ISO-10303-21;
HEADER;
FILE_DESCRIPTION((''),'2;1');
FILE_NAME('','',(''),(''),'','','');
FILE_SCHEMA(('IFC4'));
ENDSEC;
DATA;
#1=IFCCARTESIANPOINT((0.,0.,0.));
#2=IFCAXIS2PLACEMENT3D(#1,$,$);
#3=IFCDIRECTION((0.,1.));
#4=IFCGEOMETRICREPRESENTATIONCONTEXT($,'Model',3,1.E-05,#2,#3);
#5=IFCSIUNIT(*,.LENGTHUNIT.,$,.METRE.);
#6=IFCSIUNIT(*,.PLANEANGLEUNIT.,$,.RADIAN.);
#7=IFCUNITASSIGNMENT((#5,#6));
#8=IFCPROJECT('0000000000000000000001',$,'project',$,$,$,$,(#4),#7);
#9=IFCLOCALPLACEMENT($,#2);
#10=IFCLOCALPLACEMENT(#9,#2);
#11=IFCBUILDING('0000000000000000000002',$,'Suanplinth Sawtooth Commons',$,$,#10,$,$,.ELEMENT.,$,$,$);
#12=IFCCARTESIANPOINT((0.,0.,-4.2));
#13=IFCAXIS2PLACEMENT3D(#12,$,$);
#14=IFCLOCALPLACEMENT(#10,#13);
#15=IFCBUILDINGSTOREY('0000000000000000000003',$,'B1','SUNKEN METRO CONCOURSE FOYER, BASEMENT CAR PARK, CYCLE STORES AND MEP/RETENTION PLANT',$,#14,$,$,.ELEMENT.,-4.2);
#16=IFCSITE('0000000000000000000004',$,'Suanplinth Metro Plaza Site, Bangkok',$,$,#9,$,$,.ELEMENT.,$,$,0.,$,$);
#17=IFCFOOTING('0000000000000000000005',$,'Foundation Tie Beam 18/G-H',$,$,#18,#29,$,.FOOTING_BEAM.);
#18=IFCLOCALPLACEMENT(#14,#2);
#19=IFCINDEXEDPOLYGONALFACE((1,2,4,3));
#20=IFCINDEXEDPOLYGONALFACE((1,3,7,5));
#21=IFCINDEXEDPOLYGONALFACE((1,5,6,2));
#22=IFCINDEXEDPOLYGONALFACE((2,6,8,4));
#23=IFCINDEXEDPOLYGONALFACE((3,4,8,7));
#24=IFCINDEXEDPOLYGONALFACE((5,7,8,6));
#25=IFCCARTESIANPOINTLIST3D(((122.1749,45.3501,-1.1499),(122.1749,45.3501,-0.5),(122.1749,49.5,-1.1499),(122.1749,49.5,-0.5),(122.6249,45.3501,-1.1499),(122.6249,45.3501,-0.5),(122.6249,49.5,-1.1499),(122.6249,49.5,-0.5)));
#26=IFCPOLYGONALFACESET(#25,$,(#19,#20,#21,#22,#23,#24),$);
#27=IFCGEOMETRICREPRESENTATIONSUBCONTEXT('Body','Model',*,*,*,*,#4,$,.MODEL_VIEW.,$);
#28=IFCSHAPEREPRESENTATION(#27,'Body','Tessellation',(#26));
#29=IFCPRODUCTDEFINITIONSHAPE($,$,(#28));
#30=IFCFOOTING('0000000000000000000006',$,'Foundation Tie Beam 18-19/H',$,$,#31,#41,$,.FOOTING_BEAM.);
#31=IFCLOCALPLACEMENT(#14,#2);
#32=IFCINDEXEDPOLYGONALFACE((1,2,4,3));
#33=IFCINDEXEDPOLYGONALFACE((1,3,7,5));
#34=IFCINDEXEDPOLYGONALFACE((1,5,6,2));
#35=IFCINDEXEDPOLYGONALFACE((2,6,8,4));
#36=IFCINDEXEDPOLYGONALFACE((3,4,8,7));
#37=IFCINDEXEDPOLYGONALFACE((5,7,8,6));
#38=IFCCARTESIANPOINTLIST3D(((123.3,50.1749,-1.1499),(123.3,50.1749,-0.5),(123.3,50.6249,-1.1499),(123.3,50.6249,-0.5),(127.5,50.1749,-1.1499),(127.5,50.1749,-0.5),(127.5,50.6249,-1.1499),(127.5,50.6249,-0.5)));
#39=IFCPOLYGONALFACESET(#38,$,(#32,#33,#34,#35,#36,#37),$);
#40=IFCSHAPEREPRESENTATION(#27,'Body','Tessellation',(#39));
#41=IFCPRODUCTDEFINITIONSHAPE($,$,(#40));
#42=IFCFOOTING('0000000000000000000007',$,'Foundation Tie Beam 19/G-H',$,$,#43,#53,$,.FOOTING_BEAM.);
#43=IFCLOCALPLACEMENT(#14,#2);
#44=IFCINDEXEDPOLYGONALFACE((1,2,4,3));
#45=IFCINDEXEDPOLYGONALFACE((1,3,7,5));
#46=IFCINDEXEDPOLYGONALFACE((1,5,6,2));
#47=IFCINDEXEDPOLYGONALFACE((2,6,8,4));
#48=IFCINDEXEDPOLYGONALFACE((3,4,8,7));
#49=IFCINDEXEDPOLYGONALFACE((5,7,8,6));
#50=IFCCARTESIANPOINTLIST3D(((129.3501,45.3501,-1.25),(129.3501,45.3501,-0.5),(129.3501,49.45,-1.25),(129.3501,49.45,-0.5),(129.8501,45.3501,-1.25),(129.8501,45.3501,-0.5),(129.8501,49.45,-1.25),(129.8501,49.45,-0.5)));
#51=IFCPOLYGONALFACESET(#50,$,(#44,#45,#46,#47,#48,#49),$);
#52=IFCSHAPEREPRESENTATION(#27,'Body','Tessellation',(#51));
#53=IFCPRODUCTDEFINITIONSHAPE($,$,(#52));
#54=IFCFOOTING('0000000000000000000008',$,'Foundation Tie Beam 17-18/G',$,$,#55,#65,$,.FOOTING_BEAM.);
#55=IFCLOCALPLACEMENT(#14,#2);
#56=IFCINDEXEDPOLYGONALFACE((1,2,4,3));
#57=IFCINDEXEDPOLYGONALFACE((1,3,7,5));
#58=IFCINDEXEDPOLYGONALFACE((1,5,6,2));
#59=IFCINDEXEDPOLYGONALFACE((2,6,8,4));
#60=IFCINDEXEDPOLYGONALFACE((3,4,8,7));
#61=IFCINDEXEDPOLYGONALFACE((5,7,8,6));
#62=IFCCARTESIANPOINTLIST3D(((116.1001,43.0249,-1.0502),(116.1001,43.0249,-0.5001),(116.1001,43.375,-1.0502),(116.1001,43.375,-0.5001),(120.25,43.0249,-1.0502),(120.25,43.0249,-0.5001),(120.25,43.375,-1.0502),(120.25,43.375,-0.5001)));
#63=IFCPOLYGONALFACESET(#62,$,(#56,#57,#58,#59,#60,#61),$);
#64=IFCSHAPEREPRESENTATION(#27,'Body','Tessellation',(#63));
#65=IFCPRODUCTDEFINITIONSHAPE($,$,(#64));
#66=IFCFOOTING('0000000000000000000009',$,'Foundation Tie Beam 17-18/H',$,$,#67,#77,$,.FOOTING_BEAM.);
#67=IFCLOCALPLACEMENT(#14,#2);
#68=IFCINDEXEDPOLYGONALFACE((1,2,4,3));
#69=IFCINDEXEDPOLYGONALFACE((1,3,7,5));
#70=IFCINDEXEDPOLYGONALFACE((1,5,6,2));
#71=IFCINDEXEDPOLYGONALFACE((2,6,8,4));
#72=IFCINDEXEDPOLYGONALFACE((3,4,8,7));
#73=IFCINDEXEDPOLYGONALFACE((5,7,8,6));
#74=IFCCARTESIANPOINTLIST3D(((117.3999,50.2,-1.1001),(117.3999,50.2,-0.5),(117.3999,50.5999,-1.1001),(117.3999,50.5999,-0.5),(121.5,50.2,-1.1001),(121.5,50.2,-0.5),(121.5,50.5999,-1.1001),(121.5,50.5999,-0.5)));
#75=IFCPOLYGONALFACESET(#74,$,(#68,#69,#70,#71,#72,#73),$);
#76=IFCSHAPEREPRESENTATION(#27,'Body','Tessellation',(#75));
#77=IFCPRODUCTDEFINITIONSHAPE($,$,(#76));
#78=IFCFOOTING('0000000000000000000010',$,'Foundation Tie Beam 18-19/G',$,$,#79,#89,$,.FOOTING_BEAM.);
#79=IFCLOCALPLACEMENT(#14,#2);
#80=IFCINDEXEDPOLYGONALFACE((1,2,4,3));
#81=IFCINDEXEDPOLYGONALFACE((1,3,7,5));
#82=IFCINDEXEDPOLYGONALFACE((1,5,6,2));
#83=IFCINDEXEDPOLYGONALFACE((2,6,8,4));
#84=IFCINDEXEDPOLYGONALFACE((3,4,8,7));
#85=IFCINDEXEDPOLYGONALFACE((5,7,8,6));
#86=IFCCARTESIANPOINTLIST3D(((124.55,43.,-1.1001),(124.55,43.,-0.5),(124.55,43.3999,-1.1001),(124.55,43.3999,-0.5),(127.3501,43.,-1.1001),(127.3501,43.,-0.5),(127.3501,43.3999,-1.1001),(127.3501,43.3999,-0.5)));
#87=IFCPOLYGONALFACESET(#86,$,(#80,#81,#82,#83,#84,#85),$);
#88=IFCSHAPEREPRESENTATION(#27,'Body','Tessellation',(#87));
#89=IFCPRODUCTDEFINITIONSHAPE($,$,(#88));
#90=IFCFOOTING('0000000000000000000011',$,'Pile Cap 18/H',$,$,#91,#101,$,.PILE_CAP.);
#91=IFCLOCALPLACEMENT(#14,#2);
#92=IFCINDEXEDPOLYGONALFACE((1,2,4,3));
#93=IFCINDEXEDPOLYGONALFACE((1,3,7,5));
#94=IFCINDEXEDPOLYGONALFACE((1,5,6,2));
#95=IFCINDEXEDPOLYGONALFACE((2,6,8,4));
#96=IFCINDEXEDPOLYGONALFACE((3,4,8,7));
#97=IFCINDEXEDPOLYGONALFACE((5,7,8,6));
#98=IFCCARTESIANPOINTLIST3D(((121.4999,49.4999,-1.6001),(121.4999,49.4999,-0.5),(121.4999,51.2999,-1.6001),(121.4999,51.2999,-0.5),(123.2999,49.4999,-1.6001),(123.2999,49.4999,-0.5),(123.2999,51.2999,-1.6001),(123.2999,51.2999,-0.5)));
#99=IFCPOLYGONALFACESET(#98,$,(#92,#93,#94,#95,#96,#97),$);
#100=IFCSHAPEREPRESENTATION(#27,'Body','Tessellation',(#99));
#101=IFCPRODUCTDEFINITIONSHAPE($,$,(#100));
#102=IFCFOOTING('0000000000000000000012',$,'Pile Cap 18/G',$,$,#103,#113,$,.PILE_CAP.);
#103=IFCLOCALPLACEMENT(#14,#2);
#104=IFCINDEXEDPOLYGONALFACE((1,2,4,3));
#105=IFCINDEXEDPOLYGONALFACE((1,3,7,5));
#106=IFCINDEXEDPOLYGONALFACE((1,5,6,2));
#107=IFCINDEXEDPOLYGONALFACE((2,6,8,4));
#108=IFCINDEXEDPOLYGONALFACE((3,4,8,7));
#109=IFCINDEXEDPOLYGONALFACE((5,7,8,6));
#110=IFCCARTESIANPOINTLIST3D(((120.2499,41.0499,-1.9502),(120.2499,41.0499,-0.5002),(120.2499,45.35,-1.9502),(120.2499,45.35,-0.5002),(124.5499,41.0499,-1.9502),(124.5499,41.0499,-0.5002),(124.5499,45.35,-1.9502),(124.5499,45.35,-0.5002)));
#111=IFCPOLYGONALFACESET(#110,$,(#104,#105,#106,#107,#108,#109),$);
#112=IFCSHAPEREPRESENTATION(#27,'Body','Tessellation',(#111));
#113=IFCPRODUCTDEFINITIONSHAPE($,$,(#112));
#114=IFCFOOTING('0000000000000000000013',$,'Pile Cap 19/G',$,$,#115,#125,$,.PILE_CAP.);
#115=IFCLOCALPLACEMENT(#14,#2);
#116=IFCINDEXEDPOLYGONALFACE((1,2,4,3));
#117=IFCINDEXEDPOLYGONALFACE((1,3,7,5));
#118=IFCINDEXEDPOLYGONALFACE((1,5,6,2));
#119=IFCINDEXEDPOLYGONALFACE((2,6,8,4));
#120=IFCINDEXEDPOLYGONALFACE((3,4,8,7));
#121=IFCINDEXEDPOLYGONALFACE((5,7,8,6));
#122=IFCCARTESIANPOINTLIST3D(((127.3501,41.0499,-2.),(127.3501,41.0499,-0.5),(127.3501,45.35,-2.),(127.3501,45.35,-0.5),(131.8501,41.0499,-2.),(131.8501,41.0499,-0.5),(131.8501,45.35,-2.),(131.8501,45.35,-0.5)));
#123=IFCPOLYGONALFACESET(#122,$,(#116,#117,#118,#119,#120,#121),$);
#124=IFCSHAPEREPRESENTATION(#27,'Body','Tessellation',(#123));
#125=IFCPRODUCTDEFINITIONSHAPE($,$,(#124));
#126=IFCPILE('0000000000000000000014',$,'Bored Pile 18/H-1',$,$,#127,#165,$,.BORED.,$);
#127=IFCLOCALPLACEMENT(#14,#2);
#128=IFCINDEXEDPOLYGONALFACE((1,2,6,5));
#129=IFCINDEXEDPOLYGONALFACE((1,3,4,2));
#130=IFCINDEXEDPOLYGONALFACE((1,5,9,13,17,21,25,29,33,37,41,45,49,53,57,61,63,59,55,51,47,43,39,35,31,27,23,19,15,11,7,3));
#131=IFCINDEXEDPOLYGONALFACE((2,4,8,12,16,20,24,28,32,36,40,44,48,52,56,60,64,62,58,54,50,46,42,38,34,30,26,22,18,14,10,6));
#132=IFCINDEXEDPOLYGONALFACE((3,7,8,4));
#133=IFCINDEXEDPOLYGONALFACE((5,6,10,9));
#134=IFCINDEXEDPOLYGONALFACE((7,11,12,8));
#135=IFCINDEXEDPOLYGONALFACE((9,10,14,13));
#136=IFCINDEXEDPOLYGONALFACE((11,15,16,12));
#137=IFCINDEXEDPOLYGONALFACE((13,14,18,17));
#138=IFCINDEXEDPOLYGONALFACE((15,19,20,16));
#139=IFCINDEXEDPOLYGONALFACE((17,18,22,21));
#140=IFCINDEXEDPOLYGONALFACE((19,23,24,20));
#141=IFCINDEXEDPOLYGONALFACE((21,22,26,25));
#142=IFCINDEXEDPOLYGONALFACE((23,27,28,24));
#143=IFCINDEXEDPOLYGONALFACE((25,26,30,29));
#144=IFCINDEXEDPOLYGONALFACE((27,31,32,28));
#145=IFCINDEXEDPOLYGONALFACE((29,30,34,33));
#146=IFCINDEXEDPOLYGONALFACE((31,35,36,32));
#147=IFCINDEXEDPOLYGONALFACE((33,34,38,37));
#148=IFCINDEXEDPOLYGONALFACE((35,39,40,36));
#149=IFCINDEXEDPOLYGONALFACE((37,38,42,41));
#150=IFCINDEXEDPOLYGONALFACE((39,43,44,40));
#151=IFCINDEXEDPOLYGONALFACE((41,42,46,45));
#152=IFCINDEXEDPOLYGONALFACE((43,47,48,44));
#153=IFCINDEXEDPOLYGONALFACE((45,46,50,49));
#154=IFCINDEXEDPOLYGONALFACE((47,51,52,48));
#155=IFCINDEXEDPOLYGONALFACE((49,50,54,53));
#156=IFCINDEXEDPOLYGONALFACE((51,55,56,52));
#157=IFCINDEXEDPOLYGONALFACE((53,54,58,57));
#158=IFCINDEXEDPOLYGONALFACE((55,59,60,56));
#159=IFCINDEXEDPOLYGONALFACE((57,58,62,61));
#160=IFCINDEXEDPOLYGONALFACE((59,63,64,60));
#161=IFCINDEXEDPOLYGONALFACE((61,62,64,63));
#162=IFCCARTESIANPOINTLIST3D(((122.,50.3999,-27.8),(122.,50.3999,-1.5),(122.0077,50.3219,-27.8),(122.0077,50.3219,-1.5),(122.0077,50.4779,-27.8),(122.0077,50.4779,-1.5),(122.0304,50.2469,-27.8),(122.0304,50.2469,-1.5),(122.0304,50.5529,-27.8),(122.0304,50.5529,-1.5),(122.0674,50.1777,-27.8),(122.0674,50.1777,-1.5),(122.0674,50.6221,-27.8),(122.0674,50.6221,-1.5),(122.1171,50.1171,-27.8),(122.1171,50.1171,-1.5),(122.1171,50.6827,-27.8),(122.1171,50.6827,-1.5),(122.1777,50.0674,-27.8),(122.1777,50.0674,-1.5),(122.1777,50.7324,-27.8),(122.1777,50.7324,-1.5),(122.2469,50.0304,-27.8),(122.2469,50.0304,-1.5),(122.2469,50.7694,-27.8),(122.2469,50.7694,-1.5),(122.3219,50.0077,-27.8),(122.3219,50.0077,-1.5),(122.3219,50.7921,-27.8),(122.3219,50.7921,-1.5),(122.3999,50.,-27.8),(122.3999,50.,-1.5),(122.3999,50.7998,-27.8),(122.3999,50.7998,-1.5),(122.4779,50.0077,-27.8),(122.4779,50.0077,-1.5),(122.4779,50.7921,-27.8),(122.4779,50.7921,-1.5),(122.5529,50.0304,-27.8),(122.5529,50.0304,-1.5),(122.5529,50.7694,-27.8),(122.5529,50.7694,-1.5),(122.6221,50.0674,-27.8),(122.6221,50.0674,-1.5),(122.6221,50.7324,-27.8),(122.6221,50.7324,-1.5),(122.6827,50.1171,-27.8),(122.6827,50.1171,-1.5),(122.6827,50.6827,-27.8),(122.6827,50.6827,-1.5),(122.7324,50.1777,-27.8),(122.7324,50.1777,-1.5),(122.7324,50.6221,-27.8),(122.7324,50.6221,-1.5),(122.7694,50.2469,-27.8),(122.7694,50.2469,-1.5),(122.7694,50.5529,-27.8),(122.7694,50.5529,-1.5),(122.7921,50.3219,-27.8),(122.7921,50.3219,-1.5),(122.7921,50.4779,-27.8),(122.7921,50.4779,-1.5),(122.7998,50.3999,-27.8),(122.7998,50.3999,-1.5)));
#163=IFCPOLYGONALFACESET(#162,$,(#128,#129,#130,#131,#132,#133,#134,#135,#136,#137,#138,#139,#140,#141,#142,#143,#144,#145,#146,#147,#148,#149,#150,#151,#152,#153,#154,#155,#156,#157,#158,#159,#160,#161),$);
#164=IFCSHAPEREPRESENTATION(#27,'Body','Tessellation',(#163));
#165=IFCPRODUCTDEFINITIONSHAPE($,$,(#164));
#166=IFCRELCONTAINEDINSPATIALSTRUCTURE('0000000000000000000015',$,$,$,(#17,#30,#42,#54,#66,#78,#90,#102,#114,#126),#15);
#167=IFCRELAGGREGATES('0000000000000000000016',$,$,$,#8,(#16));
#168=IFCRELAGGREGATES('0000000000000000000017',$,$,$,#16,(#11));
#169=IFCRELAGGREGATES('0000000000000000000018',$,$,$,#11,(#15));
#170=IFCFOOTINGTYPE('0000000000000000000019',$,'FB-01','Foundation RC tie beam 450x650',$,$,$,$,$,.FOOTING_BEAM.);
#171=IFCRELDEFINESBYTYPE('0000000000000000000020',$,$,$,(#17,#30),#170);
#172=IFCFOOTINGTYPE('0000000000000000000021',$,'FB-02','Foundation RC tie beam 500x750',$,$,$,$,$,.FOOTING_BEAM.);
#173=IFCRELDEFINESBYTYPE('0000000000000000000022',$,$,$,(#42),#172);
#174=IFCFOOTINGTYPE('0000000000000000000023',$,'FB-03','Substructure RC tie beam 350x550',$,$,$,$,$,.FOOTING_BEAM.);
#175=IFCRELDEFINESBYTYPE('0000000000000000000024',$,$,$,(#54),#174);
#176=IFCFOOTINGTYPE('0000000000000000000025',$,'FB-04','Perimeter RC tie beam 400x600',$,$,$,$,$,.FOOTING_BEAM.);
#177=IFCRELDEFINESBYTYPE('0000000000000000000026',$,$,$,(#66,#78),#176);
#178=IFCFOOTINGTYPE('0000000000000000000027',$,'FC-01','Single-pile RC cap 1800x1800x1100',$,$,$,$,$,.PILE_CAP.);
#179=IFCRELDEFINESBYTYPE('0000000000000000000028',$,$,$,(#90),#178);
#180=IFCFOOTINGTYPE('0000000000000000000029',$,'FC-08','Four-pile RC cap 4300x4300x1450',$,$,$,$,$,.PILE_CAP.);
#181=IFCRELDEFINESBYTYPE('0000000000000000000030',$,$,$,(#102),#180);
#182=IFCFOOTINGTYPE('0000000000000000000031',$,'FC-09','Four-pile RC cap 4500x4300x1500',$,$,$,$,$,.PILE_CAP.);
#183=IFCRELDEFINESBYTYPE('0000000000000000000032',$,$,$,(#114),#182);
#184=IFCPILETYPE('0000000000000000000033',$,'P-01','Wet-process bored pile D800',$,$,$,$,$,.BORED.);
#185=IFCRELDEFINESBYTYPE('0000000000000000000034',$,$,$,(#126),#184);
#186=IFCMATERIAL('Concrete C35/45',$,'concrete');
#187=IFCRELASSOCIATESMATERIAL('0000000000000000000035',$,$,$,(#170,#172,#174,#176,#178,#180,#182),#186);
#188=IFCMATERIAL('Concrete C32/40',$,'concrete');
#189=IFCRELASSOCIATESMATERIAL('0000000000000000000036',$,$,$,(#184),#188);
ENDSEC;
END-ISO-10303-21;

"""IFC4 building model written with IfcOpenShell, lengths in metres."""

from ifc_helpers import new_model, si_unit, direction, frame, origin, origin_2d, place, context, subcontext, project, spatial, rectangle, circle, extrude, material, material_profile, profile_set, type_object, element, save


model = new_model("IFC4")

# Units and contexts
model_context = context("Model", 3, precision=1e-05, world=origin(), true_north=direction((0.0, 1.0)))
body_context = subcontext(model_context, "Body", "Model", "MODEL_VIEW")
ifc_project = project(units=[si_unit("LENGTHUNIT", "METRE"), si_unit("PLANEANGLEUNIT", "RADIAN")], contexts=[model_context])

# Site, building, storey
site_placement = place(None, origin())
site = spatial("IfcSite", under=ifc_project, at=site_placement, Name="Suanplinth Metro Plaza Site, Bangkok", CompositionType="ELEMENT", RefElevation=0.0)
building_placement = place(site_placement, origin())
building = spatial("IfcBuilding", under=site, at=building_placement, Name="Suanplinth Sawtooth Commons", CompositionType="ELEMENT")
storey_placement = place(building_placement, frame((0.0, 0.0, -4.2)))
storey = spatial("IfcBuildingStorey", under=building, at=storey_placement, Name="B1", Description="SUNKEN METRO CONCOURSE FOYER, BASEMENT CAR PARK, CYCLE STORES AND MEP/RETENTION PLANT", CompositionType="ELEMENT", Elevation=-4.2)

# Footings
ifc_material_1 = material(Name="Concrete C35/45", Category="concrete")
ifc_material_profile_1 = material_profile(ifc_material_1, rectangle(XDim=0.45, YDim=0.6499, at=origin_2d()), Name="PC-GDR 450x650")
ifc_profile_set_1 = profile_set([ifc_material_profile_1], Name="Concrete C35/45")
footing_type_1 = type_object("IfcFootingType", Name="FB-01", Description="Foundation RC tie beam 450x650", PredefinedType="FOOTING_BEAM", material=ifc_profile_set_1)
footing_1_placement = place(storey_placement, frame((122.3999, 45.3501, -0.825), z_axis=(0.0, 1.0, 0.0), x_axis=(-1.0, 0.0, 0.0)))
element("IfcFooting", 1, at=footing_1_placement, inside=storey, type_object=footing_type_1, Name="Foundation Tie Beam 18/G-H", PredefinedType="FOOTING_BEAM", context=body_context, shape_type="SweptSolid", body=[
    extrude(rectangle(XDim=0.45, YDim=0.6499, at=origin_2d()), origin(), (0.0, 0.0, 1.0), 4.1499),
])
footing_2_placement = place(storey_placement, frame((123.3, 50.3999, -0.825), z_axis=(1.0, 0.0, 0.0), x_axis=(0.0, 1.0, 0.0)))
element("IfcFooting", 2, at=footing_2_placement, inside=storey, type_object=footing_type_1, Name="Foundation Tie Beam 18-19/H", PredefinedType="FOOTING_BEAM", context=body_context, shape_type="SweptSolid", body=[
    extrude(rectangle(XDim=0.45, YDim=0.6499, at=origin_2d()), origin(), (0.0, 0.0, 1.0), 4.2),
])
ifc_material_profile_2 = material_profile(ifc_material_1, rectangle(XDim=0.5, YDim=0.75, at=origin_2d()), Name="RC-GDR 500x750")
ifc_profile_set_2 = profile_set([ifc_material_profile_2], Name="Concrete C35/45")
footing_type_2 = type_object("IfcFootingType", Name="FB-02", Description="Foundation RC tie beam 500x750", PredefinedType="FOOTING_BEAM", material=ifc_profile_set_2)
footing_3_placement = place(storey_placement, frame((129.6001, 45.3501, -0.875), z_axis=(0.0, 1.0, 0.0), x_axis=(-1.0, 0.0, 0.0)))
element("IfcFooting", 3, at=footing_3_placement, inside=storey, type_object=footing_type_2, Name="Foundation Tie Beam 19/G-H", PredefinedType="FOOTING_BEAM", context=body_context, shape_type="SweptSolid", body=[
    extrude(rectangle(XDim=0.5, YDim=0.75, at=origin_2d()), origin(), (0.0, 0.0, 1.0), 4.0999),
])
ifc_material_profile_3 = material_profile(ifc_material_1, rectangle(XDim=0.3501, YDim=0.55, at=origin_2d()), Name="PC-BM 350x550")
ifc_profile_set_3 = profile_set([ifc_material_profile_3], Name="Concrete C35/45")
footing_type_3 = type_object("IfcFootingType", Name="FB-03", Description="Substructure RC tie beam 350x550", PredefinedType="FOOTING_BEAM", material=ifc_profile_set_3)
footing_4_placement = place(storey_placement, frame((116.1001, 43.2, -0.7751), z_axis=(1.0, 0.0, 0.0), x_axis=(0.0, 1.0, 0.0)))
element("IfcFooting", 4, at=footing_4_placement, inside=storey, type_object=footing_type_3, Name="Foundation Tie Beam 17-18/G", PredefinedType="FOOTING_BEAM", context=body_context, shape_type="SweptSolid", body=[
    extrude(rectangle(XDim=0.3501, YDim=0.55, at=origin_2d()), origin(), (0.0, 0.0, 1.0), 4.1499),
])
ifc_material_profile_4 = material_profile(ifc_material_1, rectangle(XDim=0.3999, YDim=0.6001, at=origin_2d()), Name="PC-GDR 400x600")
ifc_profile_set_4 = profile_set([ifc_material_profile_4], Name="Concrete C35/45")
footing_type_4 = type_object("IfcFootingType", Name="FB-04", Description="Perimeter RC tie beam 400x600", PredefinedType="FOOTING_BEAM", material=ifc_profile_set_4)
footing_5_placement = place(storey_placement, frame((117.3999, 50.3999, -0.8), z_axis=(1.0, 0.0, 0.0), x_axis=(0.0, 1.0, 0.0)))
element("IfcFooting", 5, at=footing_5_placement, inside=storey, type_object=footing_type_4, Name="Foundation Tie Beam 17-18/H", PredefinedType="FOOTING_BEAM", context=body_context, shape_type="SweptSolid", body=[
    extrude(rectangle(XDim=0.3999, YDim=0.6001, at=origin_2d()), origin(), (0.0, 0.0, 1.0), 4.1001),
])
footing_6_placement = place(storey_placement, frame((124.55, 43.2, -0.8), z_axis=(1.0, 0.0, 0.0), x_axis=(0.0, 1.0, 0.0)))
element("IfcFooting", 6, at=footing_6_placement, inside=storey, type_object=footing_type_4, Name="Foundation Tie Beam 18-19/G", PredefinedType="FOOTING_BEAM", context=body_context, shape_type="SweptSolid", body=[
    extrude(rectangle(XDim=0.3999, YDim=0.6001, at=origin_2d()), origin(), (0.0, 0.0, 1.0), 2.8),
])
footing_type_5 = type_object("IfcFootingType", Name="FC-01", Description="Single-pile RC cap 1800x1800x1100", PredefinedType="PILE_CAP", material=ifc_material_1)
footing_7_placement = place(storey_placement, frame((122.3999, 50.3999, -1.6001), z_axis=(0.0, 0.0, 1.0), x_axis=(1.0, 0.0, 0.0)))
element("IfcFooting", 7, at=footing_7_placement, inside=storey, type_object=footing_type_5, Name="Pile Cap 18/H", PredefinedType="PILE_CAP", context=body_context, shape_type="SweptSolid", body=[
    extrude(rectangle(XDim=1.8, YDim=1.8, at=origin_2d()), origin(), (0.0, 0.0, 1.0), 1.1001),
])
footing_type_6 = type_object("IfcFootingType", Name="FC-08", Description="Four-pile RC cap 4300x4300x1450", PredefinedType="PILE_CAP", material=ifc_material_1)
footing_8_placement = place(storey_placement, frame((122.3999, 43.2, -1.9502), z_axis=(0.0, 0.0, 1.0), x_axis=(1.0, 0.0, 0.0)))
element("IfcFooting", 8, at=footing_8_placement, inside=storey, type_object=footing_type_6, Name="Pile Cap 18/G", PredefinedType="PILE_CAP", context=body_context, shape_type="SweptSolid", body=[
    extrude(rectangle(XDim=4.3, YDim=4.3, at=origin_2d()), origin(), (0.0, 0.0, 1.0), 1.45),
])
footing_type_7 = type_object("IfcFootingType", Name="FC-09", Description="Four-pile RC cap 4500x4300x1500", PredefinedType="PILE_CAP", material=ifc_material_1)
footing_9_placement = place(storey_placement, frame((129.6001, 43.2, -2.0), z_axis=(0.0, 0.0, 1.0), x_axis=(1.0, 0.0, 0.0)))
element("IfcFooting", 9, at=footing_9_placement, inside=storey, type_object=footing_type_7, Name="Pile Cap 19/G", PredefinedType="PILE_CAP", context=body_context, shape_type="SweptSolid", body=[
    extrude(rectangle(XDim=4.5, YDim=4.3, at=origin_2d()), origin(), (0.0, 0.0, 1.0), 1.5),
])

# Pile
ifc_material_2 = material(Name="Concrete C32/40", Category="concrete")
ifc_material_profile_5 = material_profile(ifc_material_2, circle(Radius=0.3999, at=origin_2d()), Name="PILE D800")
ifc_profile_set_5 = profile_set([ifc_material_profile_5], Name="Concrete C32/40")
pile_type_1 = type_object("IfcPileType", Name="P-01", Description="Wet-process bored pile D800", PredefinedType="BORED", material=ifc_profile_set_5)
pile_1_placement = place(storey_placement, frame((122.3999, 50.3999, -1.5), z_axis=(0.0, 0.0, -1.0), x_axis=(1.0, 0.0, 0.0)))
element("IfcPile", 10, at=pile_1_placement, inside=storey, type_object=pile_type_1, Name="Bored Pile 18/H-1", PredefinedType="BORED", context=body_context, shape_type="SweptSolid", body=[
    extrude(circle(Radius=0.3999, at=origin_2d()), origin(), (0.0, 0.0, 1.0), 26.3),
])

save(model, "model.ifc")
